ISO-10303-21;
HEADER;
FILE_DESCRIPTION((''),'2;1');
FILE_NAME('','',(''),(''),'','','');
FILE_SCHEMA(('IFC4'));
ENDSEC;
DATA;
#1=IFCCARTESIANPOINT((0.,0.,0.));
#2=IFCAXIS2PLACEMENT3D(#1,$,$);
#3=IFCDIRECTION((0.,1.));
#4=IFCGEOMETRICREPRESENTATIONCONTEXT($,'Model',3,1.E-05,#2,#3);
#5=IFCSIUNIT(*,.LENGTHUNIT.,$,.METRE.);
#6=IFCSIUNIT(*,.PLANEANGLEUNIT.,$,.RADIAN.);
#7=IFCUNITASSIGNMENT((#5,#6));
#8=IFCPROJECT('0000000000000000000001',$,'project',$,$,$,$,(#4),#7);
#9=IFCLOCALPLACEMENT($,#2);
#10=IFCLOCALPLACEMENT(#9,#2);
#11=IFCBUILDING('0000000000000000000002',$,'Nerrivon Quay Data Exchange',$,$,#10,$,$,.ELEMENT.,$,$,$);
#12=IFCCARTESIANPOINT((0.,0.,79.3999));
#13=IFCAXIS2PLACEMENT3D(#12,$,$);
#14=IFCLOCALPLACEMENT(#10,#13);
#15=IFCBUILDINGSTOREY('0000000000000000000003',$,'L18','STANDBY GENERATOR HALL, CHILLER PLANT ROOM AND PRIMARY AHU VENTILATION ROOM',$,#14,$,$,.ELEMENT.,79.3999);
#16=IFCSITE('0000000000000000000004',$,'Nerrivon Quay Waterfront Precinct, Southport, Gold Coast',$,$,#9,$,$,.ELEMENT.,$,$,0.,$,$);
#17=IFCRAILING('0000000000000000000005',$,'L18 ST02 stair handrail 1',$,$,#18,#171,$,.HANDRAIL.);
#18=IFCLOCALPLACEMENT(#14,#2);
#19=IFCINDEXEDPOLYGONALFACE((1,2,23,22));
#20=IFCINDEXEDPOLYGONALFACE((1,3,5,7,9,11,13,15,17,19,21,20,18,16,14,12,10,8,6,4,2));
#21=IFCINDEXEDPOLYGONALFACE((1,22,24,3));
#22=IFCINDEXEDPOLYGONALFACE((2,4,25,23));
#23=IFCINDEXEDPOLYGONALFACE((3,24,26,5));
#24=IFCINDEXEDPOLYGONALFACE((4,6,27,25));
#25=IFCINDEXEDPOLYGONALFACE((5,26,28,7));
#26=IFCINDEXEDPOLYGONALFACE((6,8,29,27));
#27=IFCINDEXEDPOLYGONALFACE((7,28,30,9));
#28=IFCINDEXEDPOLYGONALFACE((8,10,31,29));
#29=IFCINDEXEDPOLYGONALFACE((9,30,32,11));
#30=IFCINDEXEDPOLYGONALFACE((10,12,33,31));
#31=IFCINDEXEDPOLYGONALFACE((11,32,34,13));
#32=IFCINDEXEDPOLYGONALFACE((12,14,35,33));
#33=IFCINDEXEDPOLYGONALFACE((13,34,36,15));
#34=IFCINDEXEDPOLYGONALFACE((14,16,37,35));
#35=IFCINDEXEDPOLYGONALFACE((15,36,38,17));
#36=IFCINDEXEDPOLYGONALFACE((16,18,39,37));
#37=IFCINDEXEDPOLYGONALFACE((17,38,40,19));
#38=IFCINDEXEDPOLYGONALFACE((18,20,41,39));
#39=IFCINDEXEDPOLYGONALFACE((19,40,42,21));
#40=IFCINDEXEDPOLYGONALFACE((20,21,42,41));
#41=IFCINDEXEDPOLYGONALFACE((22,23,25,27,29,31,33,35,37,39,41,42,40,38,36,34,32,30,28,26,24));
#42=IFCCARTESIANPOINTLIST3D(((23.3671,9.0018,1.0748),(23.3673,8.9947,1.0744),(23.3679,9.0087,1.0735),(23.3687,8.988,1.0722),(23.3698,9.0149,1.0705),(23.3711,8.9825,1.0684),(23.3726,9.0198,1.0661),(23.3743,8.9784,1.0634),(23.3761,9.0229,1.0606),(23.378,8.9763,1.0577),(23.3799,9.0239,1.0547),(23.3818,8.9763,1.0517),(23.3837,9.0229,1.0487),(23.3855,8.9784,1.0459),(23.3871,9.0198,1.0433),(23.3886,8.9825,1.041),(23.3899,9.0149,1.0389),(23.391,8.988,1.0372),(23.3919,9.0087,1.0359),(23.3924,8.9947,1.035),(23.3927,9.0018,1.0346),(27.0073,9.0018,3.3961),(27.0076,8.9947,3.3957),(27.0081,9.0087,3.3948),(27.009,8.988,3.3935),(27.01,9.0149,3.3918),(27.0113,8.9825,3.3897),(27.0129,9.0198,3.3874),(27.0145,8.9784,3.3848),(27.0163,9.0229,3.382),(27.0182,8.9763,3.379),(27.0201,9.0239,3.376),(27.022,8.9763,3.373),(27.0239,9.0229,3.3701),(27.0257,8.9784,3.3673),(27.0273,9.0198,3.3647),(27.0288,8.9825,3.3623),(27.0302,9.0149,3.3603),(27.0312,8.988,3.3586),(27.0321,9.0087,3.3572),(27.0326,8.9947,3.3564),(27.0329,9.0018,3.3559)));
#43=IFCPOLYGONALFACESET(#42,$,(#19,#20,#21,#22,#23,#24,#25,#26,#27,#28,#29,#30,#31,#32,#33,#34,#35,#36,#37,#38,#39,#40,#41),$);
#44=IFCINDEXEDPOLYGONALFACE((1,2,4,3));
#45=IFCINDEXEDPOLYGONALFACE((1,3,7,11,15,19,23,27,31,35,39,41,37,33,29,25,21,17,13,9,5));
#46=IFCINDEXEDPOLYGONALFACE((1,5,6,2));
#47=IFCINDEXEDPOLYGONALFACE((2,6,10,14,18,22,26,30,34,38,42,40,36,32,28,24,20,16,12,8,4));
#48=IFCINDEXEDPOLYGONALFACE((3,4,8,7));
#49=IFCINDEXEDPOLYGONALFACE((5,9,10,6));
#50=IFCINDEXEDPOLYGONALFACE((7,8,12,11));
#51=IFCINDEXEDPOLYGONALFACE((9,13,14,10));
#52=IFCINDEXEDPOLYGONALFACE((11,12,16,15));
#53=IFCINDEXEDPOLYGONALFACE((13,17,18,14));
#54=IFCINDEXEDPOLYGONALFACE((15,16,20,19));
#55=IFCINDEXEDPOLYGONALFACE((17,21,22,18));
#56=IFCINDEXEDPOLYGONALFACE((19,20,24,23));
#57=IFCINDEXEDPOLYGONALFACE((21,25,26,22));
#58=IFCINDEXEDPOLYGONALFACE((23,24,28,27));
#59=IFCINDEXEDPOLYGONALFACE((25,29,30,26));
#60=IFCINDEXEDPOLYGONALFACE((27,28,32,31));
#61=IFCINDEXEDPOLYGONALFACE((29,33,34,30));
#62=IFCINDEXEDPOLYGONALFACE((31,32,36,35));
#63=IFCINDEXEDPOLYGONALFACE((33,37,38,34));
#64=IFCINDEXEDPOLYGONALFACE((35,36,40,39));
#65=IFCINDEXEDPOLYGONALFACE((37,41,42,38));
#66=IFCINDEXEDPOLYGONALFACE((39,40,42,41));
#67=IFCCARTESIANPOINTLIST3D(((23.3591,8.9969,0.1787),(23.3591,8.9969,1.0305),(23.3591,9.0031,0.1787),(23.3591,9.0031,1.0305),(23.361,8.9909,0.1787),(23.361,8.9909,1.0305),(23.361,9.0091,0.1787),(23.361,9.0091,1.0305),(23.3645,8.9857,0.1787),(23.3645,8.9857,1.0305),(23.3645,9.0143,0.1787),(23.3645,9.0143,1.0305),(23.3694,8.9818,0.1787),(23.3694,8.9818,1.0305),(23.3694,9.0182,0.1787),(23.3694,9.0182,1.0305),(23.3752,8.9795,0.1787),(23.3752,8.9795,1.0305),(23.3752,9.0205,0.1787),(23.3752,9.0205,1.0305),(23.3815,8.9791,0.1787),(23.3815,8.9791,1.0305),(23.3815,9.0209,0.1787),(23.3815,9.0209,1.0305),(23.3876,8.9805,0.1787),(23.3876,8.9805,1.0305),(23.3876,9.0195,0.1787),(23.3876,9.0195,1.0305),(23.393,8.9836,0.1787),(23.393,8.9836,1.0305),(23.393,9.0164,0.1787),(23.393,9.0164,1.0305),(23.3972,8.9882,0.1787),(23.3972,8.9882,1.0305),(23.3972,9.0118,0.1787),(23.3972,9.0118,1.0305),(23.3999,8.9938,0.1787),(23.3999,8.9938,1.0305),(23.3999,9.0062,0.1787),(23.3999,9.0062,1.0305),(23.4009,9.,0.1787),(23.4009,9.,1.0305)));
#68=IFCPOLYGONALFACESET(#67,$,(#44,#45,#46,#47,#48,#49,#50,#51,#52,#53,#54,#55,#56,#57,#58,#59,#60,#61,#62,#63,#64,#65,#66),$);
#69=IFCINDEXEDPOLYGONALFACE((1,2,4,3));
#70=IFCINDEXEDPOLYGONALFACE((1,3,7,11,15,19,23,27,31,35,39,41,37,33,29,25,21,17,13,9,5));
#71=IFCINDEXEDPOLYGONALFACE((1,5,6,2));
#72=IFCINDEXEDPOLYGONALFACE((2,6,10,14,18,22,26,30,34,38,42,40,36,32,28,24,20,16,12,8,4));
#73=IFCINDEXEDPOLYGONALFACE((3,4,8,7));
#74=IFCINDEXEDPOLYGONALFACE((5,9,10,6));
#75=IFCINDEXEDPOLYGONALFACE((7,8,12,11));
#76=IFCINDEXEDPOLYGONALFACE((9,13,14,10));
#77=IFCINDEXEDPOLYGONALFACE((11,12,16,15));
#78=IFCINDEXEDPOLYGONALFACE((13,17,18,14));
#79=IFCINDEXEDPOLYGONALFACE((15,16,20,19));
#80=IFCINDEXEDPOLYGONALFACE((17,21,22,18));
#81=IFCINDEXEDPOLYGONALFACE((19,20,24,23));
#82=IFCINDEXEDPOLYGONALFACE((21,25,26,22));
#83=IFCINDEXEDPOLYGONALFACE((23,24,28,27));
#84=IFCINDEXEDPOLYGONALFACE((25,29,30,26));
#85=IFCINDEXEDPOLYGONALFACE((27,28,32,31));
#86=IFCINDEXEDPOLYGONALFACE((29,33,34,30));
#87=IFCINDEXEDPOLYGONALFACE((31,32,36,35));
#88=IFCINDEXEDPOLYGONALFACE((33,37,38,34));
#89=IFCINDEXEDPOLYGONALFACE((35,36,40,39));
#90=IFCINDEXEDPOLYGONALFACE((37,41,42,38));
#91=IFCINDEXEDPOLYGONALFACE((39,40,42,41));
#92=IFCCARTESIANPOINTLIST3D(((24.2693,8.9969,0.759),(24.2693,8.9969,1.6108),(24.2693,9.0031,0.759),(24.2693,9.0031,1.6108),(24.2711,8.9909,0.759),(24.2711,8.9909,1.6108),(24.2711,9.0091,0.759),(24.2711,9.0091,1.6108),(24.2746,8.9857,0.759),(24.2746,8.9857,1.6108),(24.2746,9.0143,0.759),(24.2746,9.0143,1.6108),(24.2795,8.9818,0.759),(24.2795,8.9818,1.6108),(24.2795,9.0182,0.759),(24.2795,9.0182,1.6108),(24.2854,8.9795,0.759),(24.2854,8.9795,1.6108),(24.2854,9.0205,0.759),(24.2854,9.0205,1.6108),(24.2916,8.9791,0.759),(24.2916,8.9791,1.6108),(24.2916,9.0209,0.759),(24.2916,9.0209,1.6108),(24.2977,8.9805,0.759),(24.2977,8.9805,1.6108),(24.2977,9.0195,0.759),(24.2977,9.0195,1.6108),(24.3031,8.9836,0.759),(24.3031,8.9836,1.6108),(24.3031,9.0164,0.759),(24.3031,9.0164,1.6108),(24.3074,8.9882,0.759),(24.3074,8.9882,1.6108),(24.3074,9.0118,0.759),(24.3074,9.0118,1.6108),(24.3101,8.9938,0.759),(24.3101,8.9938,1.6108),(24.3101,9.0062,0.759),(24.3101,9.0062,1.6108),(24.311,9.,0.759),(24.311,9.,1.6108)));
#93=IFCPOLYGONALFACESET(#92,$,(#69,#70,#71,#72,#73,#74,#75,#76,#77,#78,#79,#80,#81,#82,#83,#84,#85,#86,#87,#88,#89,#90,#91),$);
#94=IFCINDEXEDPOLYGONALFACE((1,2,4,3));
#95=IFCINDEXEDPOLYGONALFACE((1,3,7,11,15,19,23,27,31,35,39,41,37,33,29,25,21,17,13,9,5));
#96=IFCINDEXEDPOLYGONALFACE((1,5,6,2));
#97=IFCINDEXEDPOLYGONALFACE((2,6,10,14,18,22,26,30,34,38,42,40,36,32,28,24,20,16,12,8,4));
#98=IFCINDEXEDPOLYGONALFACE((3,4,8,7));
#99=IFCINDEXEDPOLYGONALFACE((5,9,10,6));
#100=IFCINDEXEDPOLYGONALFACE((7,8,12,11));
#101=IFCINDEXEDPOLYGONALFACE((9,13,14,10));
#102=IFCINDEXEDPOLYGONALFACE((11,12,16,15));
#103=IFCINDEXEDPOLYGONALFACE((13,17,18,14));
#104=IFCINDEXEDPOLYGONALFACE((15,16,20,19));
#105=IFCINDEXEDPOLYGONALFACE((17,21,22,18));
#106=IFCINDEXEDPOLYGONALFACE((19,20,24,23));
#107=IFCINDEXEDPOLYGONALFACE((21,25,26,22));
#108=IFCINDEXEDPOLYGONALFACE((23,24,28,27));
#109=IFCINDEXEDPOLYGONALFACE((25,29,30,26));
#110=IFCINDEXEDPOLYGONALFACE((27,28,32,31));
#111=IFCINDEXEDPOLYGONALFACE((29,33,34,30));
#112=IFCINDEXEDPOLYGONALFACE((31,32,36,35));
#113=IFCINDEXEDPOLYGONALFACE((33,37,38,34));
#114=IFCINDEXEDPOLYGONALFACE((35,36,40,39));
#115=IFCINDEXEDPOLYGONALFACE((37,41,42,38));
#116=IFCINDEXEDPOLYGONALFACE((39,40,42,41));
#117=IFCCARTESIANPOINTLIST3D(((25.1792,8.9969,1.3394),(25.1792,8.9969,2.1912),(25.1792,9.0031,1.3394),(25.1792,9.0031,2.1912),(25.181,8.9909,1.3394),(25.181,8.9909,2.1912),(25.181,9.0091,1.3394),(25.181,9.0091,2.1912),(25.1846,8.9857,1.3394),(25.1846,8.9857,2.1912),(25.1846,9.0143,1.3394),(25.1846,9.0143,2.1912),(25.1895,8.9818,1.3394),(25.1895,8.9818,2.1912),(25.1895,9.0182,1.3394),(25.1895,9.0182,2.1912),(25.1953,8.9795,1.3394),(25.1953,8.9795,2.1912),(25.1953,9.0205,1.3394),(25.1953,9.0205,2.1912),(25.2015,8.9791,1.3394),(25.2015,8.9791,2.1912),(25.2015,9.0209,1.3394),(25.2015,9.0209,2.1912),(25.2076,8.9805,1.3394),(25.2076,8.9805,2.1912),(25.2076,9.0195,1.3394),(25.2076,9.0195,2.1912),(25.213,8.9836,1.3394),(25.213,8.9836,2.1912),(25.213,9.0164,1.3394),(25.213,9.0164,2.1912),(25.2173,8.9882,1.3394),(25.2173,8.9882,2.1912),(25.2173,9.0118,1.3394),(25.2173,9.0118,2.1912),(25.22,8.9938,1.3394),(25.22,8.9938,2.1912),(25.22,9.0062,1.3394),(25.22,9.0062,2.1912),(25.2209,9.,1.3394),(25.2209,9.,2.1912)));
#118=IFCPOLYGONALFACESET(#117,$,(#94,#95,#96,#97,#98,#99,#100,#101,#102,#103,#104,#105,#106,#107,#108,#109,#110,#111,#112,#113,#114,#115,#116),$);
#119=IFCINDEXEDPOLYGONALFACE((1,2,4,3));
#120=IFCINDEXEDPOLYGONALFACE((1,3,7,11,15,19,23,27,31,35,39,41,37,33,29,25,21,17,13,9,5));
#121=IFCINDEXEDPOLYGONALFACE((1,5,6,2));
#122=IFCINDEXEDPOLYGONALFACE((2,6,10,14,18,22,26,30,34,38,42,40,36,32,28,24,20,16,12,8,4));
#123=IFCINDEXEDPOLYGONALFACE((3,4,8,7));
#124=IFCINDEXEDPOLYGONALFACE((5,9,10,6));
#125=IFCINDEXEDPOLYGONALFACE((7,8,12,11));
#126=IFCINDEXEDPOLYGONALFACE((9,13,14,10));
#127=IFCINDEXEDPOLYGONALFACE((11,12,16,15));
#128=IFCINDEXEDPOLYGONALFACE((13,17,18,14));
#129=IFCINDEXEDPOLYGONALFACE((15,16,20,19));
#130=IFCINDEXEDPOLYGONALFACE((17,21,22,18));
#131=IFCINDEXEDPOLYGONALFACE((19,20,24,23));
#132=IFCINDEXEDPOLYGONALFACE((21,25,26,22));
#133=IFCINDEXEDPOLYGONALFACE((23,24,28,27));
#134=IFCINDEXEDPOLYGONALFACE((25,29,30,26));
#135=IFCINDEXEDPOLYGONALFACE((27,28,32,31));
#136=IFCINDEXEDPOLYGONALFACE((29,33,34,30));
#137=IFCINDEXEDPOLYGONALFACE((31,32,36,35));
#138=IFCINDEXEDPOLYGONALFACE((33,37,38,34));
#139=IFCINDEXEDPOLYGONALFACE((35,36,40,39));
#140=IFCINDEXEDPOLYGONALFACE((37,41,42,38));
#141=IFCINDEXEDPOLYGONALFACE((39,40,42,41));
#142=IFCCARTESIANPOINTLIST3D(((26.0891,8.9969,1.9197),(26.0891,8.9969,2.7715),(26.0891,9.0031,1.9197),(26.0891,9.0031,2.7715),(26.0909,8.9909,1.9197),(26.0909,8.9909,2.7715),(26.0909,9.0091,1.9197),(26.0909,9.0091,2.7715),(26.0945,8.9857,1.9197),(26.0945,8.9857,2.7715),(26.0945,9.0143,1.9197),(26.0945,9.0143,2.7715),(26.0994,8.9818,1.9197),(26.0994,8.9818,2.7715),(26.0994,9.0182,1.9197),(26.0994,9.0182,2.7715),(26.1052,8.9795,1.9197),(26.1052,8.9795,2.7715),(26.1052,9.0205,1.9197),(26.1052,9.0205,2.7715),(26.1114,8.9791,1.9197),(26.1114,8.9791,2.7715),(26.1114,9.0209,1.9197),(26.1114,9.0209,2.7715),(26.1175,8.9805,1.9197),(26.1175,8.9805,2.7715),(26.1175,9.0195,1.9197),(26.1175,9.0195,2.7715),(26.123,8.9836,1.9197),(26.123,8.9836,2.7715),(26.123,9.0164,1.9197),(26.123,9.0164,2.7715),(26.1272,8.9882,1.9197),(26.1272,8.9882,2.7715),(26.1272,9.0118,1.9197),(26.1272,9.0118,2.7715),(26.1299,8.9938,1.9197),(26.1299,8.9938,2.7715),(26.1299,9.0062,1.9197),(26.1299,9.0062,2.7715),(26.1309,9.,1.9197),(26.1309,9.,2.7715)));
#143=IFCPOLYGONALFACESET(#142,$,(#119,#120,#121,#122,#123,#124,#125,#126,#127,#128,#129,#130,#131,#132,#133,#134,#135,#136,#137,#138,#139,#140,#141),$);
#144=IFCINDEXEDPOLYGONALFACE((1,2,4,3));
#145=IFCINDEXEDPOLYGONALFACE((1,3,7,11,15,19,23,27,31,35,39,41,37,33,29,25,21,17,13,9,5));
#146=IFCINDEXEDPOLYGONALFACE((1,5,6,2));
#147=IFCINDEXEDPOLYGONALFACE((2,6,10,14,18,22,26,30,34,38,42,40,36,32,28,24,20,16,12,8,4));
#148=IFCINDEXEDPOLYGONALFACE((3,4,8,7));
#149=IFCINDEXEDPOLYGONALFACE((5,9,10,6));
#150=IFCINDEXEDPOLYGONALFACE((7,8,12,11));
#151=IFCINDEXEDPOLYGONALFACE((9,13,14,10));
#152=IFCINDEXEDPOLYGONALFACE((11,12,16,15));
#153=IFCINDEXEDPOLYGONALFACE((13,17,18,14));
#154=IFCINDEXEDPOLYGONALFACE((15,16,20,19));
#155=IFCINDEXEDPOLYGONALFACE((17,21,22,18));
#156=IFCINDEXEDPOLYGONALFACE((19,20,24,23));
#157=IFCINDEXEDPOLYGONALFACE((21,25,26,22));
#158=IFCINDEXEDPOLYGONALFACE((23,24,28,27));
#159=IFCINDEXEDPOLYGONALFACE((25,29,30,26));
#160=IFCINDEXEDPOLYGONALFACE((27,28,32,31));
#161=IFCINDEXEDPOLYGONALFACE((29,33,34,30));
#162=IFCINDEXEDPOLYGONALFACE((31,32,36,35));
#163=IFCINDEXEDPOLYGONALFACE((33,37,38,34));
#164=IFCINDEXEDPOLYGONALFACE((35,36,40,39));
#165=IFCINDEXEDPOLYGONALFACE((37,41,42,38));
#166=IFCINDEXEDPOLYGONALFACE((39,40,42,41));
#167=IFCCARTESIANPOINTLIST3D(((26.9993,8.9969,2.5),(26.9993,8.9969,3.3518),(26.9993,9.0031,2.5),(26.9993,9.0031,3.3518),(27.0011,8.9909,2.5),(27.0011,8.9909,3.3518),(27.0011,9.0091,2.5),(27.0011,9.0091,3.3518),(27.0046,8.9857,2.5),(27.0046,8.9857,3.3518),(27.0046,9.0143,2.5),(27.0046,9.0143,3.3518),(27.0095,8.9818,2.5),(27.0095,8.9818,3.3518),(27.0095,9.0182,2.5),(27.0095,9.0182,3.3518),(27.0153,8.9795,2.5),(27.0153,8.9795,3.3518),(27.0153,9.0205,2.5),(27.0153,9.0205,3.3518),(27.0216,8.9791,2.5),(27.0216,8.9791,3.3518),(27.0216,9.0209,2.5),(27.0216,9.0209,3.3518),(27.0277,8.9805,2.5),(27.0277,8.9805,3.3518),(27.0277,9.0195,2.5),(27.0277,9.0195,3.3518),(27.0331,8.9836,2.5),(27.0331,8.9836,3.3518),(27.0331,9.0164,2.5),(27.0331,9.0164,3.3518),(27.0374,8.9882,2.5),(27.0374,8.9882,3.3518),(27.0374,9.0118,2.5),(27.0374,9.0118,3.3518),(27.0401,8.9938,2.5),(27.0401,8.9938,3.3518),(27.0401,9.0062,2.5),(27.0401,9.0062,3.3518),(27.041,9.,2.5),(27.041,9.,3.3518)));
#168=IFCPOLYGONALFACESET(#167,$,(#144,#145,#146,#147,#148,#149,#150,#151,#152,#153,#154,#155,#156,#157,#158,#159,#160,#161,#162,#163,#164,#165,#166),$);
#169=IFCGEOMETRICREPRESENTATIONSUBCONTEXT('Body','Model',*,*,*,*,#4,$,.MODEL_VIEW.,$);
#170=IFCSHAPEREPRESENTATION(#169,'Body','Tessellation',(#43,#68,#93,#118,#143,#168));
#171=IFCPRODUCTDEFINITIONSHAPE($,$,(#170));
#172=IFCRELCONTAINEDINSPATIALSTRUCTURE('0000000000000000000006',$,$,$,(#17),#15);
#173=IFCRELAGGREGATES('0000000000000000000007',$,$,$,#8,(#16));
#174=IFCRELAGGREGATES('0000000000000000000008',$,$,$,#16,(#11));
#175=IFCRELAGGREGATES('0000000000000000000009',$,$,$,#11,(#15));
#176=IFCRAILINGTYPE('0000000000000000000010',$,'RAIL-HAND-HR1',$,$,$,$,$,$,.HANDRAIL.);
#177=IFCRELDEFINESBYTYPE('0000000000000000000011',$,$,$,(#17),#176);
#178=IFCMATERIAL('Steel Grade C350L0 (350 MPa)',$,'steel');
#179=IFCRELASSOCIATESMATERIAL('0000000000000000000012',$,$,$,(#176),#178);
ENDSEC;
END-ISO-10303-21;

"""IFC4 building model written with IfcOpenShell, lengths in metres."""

from ifc_helpers import new_model, si_unit, direction, frame, origin, origin_2d, place, context, subcontext, project, spatial, circle, extrude, material, type_object, element, save


model = new_model("IFC4")

# Units and contexts
model_context = context("Model", 3, precision=1e-05, world=origin(), true_north=direction((0.0, 1.0)))
body_context = subcontext(model_context, "Body", "Model", "MODEL_VIEW")
ifc_project = project(units=[si_unit("LENGTHUNIT", "METRE"), si_unit("PLANEANGLEUNIT", "RADIAN")], contexts=[model_context])

# Site, building, storey
site_placement = place(None, origin())
site = spatial("IfcSite", under=ifc_project, at=site_placement, Name="Nerrivon Quay Waterfront Precinct, Southport, Gold Coast", CompositionType="ELEMENT", RefElevation=0.0)
building_placement = place(site_placement, origin())
building = spatial("IfcBuilding", under=site, at=building_placement, Name="Nerrivon Quay Data Exchange", CompositionType="ELEMENT")
storey_placement = place(building_placement, frame((0.0, 0.0, 79.3999)))
storey = spatial("IfcBuildingStorey", under=building, at=storey_placement, Name="L18", Description="STANDBY GENERATOR HALL, CHILLER PLANT ROOM AND PRIMARY AHU VENTILATION ROOM", CompositionType="ELEMENT", Elevation=79.3999)

# Railing
ifc_material_1 = material(Name="Steel Grade C350L0 (350 MPa)", Category="steel")
railing_type_1 = type_object("IfcRailingType", Name="RAIL-HAND-HR1", PredefinedType="HANDRAIL", material=ifc_material_1)
railing_1_placement = place(storey_placement, frame((23.3799, 9.0, 0.1787)))
element("IfcRailing", 1, at=railing_1_placement, inside=storey, type_object=railing_type_1, Name="L18 ST02 stair handrail 1", PredefinedType="HANDRAIL", context=body_context, shape_type="SweptSolid", body=[
    extrude(circle(Radius=0.0239, at=origin_2d()), frame((0.0, 0.0, 0.876), z_axis=(0.843153, 0.0, 0.537673), x_axis=(0.0, 1.0, 0.0)), (0.0, 0.0, 1.0), 4.3174),
    extrude(circle(Radius=0.021, at=origin_2d()), origin(), (0.0, 0.0, 1.0), 0.8518),
    extrude(circle(Radius=0.021, at=origin_2d()), frame((0.9102, 0.0, 0.5803)), (0.0, 0.0, 1.0), 0.8518),
    extrude(circle(Radius=0.021, at=origin_2d()), frame((1.8201, 0.0, 1.1606)), (0.0, 0.0, 1.0), 0.8518),
    extrude(circle(Radius=0.021, at=origin_2d()), frame((2.73, 0.0, 1.741)), (0.0, 0.0, 1.0), 0.8518),
    extrude(circle(Radius=0.021, at=origin_2d()), frame((3.6401, 0.0, 2.3213)), (0.0, 0.0, 1.0), 0.8518),
])

save(model, "model.ifc")
